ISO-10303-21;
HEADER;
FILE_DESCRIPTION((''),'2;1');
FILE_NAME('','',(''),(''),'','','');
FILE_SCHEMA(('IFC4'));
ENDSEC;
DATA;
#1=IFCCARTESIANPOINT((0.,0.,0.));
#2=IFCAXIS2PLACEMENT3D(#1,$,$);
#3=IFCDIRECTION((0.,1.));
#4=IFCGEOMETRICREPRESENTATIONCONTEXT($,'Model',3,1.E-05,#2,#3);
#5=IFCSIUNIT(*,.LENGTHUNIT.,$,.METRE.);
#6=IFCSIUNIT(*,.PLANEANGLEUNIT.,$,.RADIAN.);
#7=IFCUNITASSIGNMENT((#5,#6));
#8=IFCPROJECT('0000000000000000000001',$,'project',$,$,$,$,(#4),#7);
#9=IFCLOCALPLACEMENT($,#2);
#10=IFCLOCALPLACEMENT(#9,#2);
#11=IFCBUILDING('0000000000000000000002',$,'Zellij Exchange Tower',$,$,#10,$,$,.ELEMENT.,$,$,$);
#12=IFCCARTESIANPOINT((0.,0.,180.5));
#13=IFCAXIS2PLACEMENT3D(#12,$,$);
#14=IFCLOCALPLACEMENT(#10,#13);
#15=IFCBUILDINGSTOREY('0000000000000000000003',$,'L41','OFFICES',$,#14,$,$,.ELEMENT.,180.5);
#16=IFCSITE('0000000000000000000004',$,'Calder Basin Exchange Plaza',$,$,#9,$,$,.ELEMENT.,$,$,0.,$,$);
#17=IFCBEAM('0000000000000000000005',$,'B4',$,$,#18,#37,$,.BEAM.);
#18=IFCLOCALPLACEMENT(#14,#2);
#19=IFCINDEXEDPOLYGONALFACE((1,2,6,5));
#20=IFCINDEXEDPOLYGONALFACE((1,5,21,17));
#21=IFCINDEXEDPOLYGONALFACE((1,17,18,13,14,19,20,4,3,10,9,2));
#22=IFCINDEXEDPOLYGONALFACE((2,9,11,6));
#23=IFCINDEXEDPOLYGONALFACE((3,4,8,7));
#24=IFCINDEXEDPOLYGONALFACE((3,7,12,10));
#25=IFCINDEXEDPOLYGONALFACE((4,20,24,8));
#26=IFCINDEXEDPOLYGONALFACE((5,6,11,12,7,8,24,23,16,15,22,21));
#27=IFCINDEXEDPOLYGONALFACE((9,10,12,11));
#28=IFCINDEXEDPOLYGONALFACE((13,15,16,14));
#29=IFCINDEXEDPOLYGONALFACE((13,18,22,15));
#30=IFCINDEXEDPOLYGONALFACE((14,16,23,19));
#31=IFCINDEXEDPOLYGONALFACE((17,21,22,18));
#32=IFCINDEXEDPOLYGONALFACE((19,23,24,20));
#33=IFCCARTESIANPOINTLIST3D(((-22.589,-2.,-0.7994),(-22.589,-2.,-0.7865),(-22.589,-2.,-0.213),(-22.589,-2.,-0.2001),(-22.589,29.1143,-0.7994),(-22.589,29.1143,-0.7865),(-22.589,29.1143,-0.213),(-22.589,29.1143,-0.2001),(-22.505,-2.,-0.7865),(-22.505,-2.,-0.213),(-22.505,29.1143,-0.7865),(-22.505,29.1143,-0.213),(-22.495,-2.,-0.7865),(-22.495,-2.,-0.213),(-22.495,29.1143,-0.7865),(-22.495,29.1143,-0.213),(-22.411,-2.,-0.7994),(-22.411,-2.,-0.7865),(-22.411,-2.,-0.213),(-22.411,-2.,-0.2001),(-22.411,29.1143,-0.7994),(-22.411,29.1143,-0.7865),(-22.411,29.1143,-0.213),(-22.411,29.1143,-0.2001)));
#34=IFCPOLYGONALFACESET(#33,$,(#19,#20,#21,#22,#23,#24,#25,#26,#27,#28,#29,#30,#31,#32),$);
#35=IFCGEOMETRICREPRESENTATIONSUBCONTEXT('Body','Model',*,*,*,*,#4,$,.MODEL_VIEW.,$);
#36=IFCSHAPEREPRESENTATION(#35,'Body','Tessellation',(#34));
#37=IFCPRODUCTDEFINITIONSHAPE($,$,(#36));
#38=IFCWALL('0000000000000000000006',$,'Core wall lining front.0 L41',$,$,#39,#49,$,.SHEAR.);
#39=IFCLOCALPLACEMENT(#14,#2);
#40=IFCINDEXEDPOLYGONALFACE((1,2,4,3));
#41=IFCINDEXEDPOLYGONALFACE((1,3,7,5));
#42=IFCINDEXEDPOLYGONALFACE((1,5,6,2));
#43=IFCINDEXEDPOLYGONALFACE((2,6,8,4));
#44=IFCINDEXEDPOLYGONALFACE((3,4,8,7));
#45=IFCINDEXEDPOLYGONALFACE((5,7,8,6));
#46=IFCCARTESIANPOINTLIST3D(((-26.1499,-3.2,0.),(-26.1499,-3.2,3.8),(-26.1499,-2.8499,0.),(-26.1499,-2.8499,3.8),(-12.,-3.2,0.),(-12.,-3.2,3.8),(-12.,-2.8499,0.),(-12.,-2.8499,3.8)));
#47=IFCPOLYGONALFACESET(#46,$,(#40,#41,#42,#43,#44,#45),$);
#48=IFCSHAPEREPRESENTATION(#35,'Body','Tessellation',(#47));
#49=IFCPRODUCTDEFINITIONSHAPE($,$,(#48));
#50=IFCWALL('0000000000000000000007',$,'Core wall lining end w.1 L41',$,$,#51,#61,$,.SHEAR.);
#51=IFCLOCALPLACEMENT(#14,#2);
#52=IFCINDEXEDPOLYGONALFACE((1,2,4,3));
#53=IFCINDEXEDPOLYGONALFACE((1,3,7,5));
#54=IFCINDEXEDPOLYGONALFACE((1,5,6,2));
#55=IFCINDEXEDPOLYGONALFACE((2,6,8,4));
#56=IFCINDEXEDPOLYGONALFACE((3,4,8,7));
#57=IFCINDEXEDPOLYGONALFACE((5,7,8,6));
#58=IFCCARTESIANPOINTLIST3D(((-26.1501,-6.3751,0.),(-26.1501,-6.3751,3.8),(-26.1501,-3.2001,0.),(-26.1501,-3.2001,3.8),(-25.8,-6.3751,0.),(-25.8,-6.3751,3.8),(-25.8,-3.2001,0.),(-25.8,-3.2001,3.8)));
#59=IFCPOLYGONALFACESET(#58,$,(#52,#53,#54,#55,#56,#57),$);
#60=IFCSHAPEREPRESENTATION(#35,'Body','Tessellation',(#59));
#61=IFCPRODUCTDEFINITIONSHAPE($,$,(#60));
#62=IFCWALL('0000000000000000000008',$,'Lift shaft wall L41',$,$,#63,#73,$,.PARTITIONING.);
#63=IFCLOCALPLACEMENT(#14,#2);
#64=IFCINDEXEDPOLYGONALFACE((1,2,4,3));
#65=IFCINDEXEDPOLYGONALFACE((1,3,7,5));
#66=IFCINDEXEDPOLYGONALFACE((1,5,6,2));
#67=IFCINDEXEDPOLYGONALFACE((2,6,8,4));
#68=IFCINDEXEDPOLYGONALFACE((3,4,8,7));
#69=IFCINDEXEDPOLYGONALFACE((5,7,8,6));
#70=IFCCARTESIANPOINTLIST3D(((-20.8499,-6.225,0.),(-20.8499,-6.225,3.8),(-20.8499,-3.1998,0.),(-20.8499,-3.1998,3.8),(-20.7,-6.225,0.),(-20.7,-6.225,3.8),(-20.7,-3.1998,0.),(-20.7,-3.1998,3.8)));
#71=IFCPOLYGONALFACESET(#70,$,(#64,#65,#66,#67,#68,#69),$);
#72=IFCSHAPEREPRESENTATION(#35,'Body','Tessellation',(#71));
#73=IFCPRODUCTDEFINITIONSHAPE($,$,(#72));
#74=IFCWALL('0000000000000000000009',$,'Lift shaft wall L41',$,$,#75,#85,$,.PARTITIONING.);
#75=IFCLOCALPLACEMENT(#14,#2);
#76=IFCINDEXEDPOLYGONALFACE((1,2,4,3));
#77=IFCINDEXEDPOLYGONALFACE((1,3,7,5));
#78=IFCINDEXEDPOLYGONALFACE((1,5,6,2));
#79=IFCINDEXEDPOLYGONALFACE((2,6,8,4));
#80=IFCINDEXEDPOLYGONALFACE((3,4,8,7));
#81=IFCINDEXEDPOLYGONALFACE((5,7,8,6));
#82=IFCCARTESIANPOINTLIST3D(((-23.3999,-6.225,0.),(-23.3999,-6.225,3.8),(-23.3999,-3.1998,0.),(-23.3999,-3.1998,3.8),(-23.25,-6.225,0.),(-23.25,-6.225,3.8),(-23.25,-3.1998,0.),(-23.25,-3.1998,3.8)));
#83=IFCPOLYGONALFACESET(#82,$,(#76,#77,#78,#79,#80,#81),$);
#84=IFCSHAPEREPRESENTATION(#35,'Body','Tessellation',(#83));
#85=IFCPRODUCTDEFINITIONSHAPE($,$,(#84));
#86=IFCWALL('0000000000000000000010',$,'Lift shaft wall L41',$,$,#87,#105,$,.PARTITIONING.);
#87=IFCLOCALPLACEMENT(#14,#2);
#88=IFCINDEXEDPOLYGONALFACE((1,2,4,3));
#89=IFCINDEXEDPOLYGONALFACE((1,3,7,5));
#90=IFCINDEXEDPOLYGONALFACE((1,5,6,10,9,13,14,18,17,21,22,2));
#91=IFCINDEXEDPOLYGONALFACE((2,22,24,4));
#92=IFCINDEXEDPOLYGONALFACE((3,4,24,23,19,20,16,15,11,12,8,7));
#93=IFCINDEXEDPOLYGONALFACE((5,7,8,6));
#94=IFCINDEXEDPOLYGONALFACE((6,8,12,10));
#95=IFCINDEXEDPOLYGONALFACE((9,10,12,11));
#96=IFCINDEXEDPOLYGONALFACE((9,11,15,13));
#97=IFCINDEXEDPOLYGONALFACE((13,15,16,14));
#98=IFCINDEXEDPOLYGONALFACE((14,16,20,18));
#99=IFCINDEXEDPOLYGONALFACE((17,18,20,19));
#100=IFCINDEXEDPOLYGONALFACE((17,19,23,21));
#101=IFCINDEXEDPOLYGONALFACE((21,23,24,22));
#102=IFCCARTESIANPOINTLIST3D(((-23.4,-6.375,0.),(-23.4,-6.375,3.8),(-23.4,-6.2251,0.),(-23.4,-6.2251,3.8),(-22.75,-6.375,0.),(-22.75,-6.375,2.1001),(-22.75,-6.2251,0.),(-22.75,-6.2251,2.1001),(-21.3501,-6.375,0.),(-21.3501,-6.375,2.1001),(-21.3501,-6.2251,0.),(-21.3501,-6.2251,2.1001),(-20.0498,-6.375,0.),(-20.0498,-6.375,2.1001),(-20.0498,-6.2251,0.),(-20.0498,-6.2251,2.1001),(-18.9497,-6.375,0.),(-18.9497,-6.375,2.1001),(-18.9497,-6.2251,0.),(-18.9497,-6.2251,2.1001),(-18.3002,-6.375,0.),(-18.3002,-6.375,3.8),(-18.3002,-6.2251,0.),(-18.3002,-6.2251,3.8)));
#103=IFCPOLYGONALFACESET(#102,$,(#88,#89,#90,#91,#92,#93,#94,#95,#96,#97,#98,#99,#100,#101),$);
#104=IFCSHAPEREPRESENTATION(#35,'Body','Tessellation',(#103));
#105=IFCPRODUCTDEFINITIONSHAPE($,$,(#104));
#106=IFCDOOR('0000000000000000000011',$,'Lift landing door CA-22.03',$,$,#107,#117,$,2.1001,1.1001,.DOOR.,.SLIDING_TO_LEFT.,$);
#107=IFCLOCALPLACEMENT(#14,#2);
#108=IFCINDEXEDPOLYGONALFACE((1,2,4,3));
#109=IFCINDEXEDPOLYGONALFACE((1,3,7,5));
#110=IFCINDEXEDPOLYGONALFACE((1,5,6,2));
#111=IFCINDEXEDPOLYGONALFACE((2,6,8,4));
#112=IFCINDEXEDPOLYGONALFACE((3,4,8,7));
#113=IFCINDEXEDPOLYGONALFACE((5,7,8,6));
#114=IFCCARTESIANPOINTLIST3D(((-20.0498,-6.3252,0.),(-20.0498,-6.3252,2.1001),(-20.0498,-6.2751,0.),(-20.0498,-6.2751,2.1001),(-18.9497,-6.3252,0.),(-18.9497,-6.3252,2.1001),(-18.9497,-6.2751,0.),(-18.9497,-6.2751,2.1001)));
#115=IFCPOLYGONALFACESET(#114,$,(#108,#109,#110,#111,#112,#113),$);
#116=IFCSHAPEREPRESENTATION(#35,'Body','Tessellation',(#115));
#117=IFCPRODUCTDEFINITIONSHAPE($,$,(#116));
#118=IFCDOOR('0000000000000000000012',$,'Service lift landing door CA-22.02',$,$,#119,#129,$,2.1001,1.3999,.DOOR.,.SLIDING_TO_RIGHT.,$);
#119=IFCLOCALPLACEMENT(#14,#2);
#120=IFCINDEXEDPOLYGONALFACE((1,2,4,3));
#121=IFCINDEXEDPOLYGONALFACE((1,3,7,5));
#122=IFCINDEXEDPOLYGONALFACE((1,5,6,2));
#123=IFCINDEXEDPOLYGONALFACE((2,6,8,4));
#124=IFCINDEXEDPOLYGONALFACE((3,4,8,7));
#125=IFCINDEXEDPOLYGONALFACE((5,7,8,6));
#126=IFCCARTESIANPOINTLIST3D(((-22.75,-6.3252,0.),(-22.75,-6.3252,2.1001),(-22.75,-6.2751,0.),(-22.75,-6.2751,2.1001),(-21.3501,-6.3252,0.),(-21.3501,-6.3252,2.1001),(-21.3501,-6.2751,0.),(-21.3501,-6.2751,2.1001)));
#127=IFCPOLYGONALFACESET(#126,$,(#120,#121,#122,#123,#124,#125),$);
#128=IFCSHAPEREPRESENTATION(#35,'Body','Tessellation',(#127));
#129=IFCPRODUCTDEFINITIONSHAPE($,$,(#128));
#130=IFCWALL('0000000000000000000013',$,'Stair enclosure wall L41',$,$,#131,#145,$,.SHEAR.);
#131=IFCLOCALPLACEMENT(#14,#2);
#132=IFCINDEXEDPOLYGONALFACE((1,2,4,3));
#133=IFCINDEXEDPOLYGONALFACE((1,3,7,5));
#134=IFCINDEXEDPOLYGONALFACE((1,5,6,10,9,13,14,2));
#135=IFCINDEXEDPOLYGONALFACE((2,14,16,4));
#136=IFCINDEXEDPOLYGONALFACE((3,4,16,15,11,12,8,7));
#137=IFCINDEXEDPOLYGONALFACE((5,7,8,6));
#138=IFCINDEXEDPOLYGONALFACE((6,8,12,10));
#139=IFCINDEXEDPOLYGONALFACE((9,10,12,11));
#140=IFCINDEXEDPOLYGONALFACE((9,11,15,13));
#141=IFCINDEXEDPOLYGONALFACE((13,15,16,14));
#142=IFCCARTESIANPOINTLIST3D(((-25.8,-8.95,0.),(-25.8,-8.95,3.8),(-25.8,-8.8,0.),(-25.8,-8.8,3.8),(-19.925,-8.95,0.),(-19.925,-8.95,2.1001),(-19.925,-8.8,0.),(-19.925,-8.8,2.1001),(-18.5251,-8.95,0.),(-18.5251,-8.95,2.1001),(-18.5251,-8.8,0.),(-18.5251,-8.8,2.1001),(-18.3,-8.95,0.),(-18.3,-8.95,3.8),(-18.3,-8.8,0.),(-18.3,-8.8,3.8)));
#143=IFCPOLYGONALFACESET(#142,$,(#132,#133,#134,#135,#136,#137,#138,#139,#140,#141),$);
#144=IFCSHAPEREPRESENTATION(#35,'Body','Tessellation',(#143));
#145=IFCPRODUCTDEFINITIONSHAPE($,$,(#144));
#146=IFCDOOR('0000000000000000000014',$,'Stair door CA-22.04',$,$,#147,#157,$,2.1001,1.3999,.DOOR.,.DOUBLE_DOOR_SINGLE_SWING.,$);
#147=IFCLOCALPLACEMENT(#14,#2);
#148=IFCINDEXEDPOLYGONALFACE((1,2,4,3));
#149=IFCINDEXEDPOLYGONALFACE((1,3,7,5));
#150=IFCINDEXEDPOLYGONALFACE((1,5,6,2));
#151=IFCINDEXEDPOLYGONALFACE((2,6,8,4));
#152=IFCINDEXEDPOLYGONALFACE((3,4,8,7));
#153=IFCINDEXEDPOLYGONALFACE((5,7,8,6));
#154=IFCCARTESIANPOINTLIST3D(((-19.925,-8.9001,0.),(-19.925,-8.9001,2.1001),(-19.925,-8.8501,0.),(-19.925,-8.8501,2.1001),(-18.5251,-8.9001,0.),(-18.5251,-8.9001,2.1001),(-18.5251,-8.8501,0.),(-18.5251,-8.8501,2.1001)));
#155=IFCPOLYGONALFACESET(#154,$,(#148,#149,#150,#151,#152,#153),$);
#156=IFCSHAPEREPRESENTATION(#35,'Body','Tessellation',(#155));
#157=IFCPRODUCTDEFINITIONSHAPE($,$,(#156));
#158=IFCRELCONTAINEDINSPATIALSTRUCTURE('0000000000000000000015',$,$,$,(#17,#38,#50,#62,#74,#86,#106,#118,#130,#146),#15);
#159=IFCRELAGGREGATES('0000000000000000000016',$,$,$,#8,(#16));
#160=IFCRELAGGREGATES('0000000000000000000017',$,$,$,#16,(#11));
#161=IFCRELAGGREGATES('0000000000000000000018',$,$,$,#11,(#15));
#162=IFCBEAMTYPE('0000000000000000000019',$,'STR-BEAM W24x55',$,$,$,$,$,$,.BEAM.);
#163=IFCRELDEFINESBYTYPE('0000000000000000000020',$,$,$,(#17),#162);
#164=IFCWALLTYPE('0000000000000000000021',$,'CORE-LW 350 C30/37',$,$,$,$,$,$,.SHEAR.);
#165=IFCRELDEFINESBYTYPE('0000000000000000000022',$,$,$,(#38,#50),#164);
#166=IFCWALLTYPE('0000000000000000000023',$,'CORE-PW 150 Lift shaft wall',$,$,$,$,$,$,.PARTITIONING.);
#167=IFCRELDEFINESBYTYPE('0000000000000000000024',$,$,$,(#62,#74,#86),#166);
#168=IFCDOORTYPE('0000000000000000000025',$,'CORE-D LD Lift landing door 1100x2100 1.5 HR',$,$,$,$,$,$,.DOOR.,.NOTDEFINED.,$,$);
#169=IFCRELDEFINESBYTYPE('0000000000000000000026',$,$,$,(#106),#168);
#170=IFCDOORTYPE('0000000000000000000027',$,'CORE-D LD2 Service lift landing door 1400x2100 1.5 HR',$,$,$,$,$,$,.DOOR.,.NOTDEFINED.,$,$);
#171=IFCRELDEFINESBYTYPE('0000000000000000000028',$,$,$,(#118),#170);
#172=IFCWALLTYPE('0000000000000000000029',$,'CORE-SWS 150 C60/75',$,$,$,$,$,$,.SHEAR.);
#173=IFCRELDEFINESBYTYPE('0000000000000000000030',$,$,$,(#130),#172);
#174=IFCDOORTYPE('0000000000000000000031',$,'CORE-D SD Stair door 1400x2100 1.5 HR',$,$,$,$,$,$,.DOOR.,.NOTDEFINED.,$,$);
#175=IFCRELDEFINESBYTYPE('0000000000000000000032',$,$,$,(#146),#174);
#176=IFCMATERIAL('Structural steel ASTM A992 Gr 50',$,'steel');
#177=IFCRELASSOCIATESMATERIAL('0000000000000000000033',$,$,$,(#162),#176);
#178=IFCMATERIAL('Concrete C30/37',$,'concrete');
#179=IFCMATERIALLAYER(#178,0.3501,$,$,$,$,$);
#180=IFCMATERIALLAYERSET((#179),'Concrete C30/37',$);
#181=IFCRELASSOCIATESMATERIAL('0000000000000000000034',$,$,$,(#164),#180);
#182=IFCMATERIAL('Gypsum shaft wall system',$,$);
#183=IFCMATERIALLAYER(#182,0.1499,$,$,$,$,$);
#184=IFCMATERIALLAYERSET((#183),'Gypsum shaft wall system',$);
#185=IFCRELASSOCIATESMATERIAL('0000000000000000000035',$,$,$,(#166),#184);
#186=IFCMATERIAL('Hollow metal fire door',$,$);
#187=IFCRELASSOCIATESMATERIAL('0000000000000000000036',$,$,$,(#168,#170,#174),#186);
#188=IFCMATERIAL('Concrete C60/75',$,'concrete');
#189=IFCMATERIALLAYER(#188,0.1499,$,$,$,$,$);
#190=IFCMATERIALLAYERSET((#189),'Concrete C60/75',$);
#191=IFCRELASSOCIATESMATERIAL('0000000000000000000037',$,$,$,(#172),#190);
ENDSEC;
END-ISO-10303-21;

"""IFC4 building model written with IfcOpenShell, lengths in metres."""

from ifc_helpers import new_model, si_unit, direction, frame, frame_2d, origin, origin_2d, place, context, subcontext, project, spatial, rectangle, i_section, extrude, material, layer, layer_set, material_profile, profile_set, type_object, element, fill, save


model = new_model("IFC4")

# Units and contexts
model_context = context("Model", 3, precision=1e-05, world=origin(), true_north=direction((0.0, 1.0)))
body_context = subcontext(model_context, "Body", "Model", "MODEL_VIEW")
ifc_project = project(units=[si_unit("LENGTHUNIT", "METRE"), si_unit("PLANEANGLEUNIT", "RADIAN")], contexts=[model_context])

# Site, building, storey
site_placement = place(None, origin())
site = spatial("IfcSite", under=ifc_project, at=site_placement, Name="Calder Basin Exchange Plaza", CompositionType="ELEMENT", RefElevation=0.0)
building_placement = place(site_placement, origin())
building = spatial("IfcBuilding", under=site, at=building_placement, Name="Zellij Exchange Tower", CompositionType="ELEMENT")
storey_placement = place(building_placement, frame((0.0, 0.0, 180.5)))
storey = spatial("IfcBuildingStorey", under=building, at=storey_placement, Name="L41", Description="OFFICES", CompositionType="ELEMENT", Elevation=180.5)

# Beam
ifc_material_1 = material(Name="Structural steel ASTM A992 Gr 50", Category="steel")
ifc_material_profile = material_profile(ifc_material_1, i_section(OverallWidth=0.178, OverallDepth=0.5994, WebThickness=0.01, FlangeThickness=0.0129, at=origin_2d()), Name="W24x55")
ifc_profile_set = profile_set([ifc_material_profile], Name="Structural steel ASTM A992 Gr 50")
beam_type = type_object("IfcBeamType", Name="STR-BEAM W24x55", PredefinedType="BEAM", material=ifc_profile_set)
beam_placement = place(storey_placement, frame((-22.5, -2.0, -0.4998), z_axis=(0.0, 1.0, 0.0), x_axis=(-1.0, 0.0, 0.0)))
element("IfcBeam", 1, at=beam_placement, inside=storey, type_object=beam_type, Name="B4", PredefinedType="BEAM", context=body_context, shape_type="SweptSolid", body=[
    extrude(i_section(OverallWidth=0.178, OverallDepth=0.5994, WebThickness=0.01, FlangeThickness=0.0129, at=origin_2d()), origin(), (0.0, 0.0, 1.0), 31.1143),
])

# Walls
ifc_material_2 = material(Name="Concrete C30/37", Category="concrete")
ifc_layer_1 = layer(ifc_material_2, 0.3501)
ifc_layer_set_1 = layer_set([ifc_layer_1], Name="Concrete C30/37")
wall_type_1 = type_object("IfcWallType", Name="CORE-LW 350 C30/37", PredefinedType="SHEAR", material=ifc_layer_set_1)
wall_1_placement = place(storey_placement, frame((-26.1499, -3.0249, 0.0), z_axis=(0.0, 0.0, 1.0), x_axis=(1.0, 0.0, 0.0)))
element("IfcWall", 2, at=wall_1_placement, inside=storey, type_object=wall_type_1, Name="Core wall lining front.0 L41", PredefinedType="SHEAR", context=body_context, shape_type="SweptSolid", body=[
    extrude(rectangle(XDim=14.1499, YDim=0.3501, at=frame_2d((7.075, 0.0))), origin(), (0.0, 0.0, 1.0), 3.8),
])
wall_2_placement = place(storey_placement, frame((-25.9751, -6.375, 0.0), z_axis=(0.0, 0.0, 1.0), x_axis=(0.0, 1.0, 0.0)))
element("IfcWall", 3, at=wall_2_placement, inside=storey, type_object=wall_type_1, Name="Core wall lining end w.1 L41", PredefinedType="SHEAR", context=body_context, shape_type="SweptSolid", body=[
    extrude(rectangle(XDim=3.175, YDim=0.3501, at=frame_2d((1.5874, 0.0))), origin(), (0.0, 0.0, 1.0), 3.8),
])
ifc_material_3 = material(Name="Gypsum shaft wall system")
ifc_layer_2 = layer(ifc_material_3, 0.1499)
ifc_layer_set_2 = layer_set([ifc_layer_2], Name="Gypsum shaft wall system")
wall_type_2 = type_object("IfcWallType", Name="CORE-PW 150 Lift shaft wall", PredefinedType="PARTITIONING", material=ifc_layer_set_2)
for number, where, z_axis, x_axis, name in (
    (4, (-20.7749, -6.2251, 0.0), (0.0, 0.0, 1.0), (0.0, 1.0, 0.0), "Lift shaft wall L41"),
    (5, (-23.325, -6.2251, 0.0), (0.0, 0.0, 1.0), (0.0, 1.0, 0.0), "Lift shaft wall L41"),
):
    element("IfcWall", number, at=place(storey_placement, frame(where, z_axis=z_axis, x_axis=x_axis)), inside=storey, type_object=wall_type_2, Name=name, PredefinedType="PARTITIONING", context=body_context, shape_type="SweptSolid", body=[
        extrude(rectangle(XDim=3.0251, YDim=0.1499, at=frame_2d((1.5127, 0.0))), origin(), (0.0, 0.0, 1.0), 3.8),
    ])

# Wall, openings, doors
wall_3_placement = place(storey_placement, frame((-23.3999, -6.3, 0.0), z_axis=(0.0, 0.0, 1.0), x_axis=(1.0, 0.0, 0.0)))
wall_3 = element("IfcWall", 6, at=wall_3_placement, inside=storey, type_object=wall_type_2, Name="Lift shaft wall L41", PredefinedType="PARTITIONING", context=body_context, shape_type="SweptSolid", body=[
    extrude(rectangle(XDim=5.0999, YDim=0.1499, at=frame_2d((2.5498, 0.0))), origin(), (0.0, 0.0, 1.0), 3.8),
])
opening_1_placement = place(wall_3_placement, frame((0.6499, 0.0, 0.0)))
opening_1 = element("IfcOpeningElement", 7, at=opening_1_placement, cuts=wall_3, PredefinedType="OPENING", context=body_context, shape_type="SweptSolid", body=[
    extrude(rectangle(XDim=1.3999, YDim=2.1001, at=frame_2d((0.7, 1.05))), frame((0.0, 0.0869, 0.0), z_axis=(0.0, -1.0, 0.0), x_axis=(1.0, 0.0, 0.0)), (0.0, 0.0, 1.0), 0.1738),
])
opening_2_placement = place(wall_3_placement, frame((3.3501, 0.0, 0.0)))
opening_2 = element("IfcOpeningElement", 8, at=opening_2_placement, cuts=wall_3, PredefinedType="OPENING", context=body_context, shape_type="SweptSolid", body=[
    extrude(rectangle(XDim=1.1001, YDim=2.1001, at=frame_2d((0.55, 1.05))), frame((0.0, 0.0869, 0.0), z_axis=(0.0, -1.0, 0.0), x_axis=(1.0, 0.0, 0.0)), (0.0, 0.0, 1.0), 0.1738),
])
ifc_material_4 = material(Name="Hollow metal fire door")
door_type_1 = type_object("IfcDoorType", Name="CORE-D LD Lift landing door 1100x2100 1.5 HR", OperationType="NOTDEFINED", PredefinedType="DOOR", material=ifc_material_4)
door_1_placement = place(opening_2_placement, origin())
door_1 = element("IfcDoor", 9, at=door_1_placement, inside=storey, type_object=door_type_1, Name="Lift landing door CA-22.03", OperationType="SLIDING_TO_LEFT", OverallHeight=2.1001, OverallWidth=1.1001, PredefinedType="DOOR", context=body_context, shape_type="SweptSolid", body=[
    extrude(rectangle(XDim=1.1001, YDim=2.1001, at=frame_2d((0.55, 1.05))), frame((0.0, 0.0249, 0.0), z_axis=(0.0, -1.0, 0.0), x_axis=(1.0, 0.0, 0.0)), (0.0, 0.0, 1.0), 0.05),
])
fill(opening_2, door_1)
door_type_2 = type_object("IfcDoorType", Name="CORE-D LD2 Service lift landing door 1400x2100 1.5 HR", OperationType="NOTDEFINED", PredefinedType="DOOR", material=ifc_material_4)
door_2_placement = place(opening_1_placement, origin())
door_2 = element("IfcDoor", 10, at=door_2_placement, inside=storey, type_object=door_type_2, Name="Service lift landing door CA-22.02", OperationType="SLIDING_TO_RIGHT", OverallHeight=2.1001, OverallWidth=1.3999, PredefinedType="DOOR", context=body_context, shape_type="SweptSolid", body=[
    extrude(rectangle(XDim=1.3999, YDim=2.1001, at=frame_2d((0.7, 1.05))), frame((0.0, 0.0249, 0.0), z_axis=(0.0, -1.0, 0.0), x_axis=(1.0, 0.0, 0.0)), (0.0, 0.0, 1.0), 0.05),
])
fill(opening_1, door_2)

# Wall, opening, door
ifc_material_5 = material(Name="Concrete C60/75", Category="concrete")
ifc_layer_3 = layer(ifc_material_5, 0.1499)
ifc_layer_set_3 = layer_set([ifc_layer_3], Name="Concrete C60/75")
wall_type_3 = type_object("IfcWallType", Name="CORE-SWS 150 C60/75", PredefinedType="SHEAR", material=ifc_layer_set_3)
wall_4_placement = place(storey_placement, frame((-25.8, -8.875, 0.0), z_axis=(0.0, 0.0, 1.0), x_axis=(1.0, 0.0, 0.0)))
wall_4 = element("IfcWall", 11, at=wall_4_placement, inside=storey, type_object=wall_type_3, Name="Stair enclosure wall L41", PredefinedType="SHEAR", context=body_context, shape_type="SweptSolid", body=[
    extrude(rectangle(XDim=7.5, YDim=0.1499, at=frame_2d((3.75, 0.0))), origin(), (0.0, 0.0, 1.0), 3.8),
])
opening_3_placement = place(wall_4_placement, frame((5.875, 0.0, 0.0)))
opening_3 = element("IfcOpeningElement", 12, at=opening_3_placement, cuts=wall_4, PredefinedType="OPENING", context=body_context, shape_type="SweptSolid", body=[
    extrude(rectangle(XDim=1.3999, YDim=2.1001, at=frame_2d((0.7, 1.05))), frame((0.0, 0.0869, 0.0), z_axis=(0.0, -1.0, 0.0), x_axis=(1.0, 0.0, 0.0)), (0.0, 0.0, 1.0), 0.1738),
])
door_type_3 = type_object("IfcDoorType", Name="CORE-D SD Stair door 1400x2100 1.5 HR", OperationType="NOTDEFINED", PredefinedType="DOOR", material=ifc_material_4)
door_3_placement = place(opening_3_placement, origin())
door_3 = element("IfcDoor", 13, at=door_3_placement, inside=storey, type_object=door_type_3, Name="Stair door CA-22.04", OperationType="DOUBLE_DOOR_SINGLE_SWING", OverallHeight=2.1001, OverallWidth=1.3999, PredefinedType="DOOR", context=body_context, shape_type="SweptSolid", body=[
    extrude(rectangle(XDim=1.3999, YDim=2.1001, at=frame_2d((0.7, 1.05))), frame((0.0, 0.0249, 0.0), z_axis=(0.0, -1.0, 0.0), x_axis=(1.0, 0.0, 0.0)), (0.0, 0.0, 1.0), 0.05),
])
fill(opening_3, door_3)

save(model, "model.ifc")
